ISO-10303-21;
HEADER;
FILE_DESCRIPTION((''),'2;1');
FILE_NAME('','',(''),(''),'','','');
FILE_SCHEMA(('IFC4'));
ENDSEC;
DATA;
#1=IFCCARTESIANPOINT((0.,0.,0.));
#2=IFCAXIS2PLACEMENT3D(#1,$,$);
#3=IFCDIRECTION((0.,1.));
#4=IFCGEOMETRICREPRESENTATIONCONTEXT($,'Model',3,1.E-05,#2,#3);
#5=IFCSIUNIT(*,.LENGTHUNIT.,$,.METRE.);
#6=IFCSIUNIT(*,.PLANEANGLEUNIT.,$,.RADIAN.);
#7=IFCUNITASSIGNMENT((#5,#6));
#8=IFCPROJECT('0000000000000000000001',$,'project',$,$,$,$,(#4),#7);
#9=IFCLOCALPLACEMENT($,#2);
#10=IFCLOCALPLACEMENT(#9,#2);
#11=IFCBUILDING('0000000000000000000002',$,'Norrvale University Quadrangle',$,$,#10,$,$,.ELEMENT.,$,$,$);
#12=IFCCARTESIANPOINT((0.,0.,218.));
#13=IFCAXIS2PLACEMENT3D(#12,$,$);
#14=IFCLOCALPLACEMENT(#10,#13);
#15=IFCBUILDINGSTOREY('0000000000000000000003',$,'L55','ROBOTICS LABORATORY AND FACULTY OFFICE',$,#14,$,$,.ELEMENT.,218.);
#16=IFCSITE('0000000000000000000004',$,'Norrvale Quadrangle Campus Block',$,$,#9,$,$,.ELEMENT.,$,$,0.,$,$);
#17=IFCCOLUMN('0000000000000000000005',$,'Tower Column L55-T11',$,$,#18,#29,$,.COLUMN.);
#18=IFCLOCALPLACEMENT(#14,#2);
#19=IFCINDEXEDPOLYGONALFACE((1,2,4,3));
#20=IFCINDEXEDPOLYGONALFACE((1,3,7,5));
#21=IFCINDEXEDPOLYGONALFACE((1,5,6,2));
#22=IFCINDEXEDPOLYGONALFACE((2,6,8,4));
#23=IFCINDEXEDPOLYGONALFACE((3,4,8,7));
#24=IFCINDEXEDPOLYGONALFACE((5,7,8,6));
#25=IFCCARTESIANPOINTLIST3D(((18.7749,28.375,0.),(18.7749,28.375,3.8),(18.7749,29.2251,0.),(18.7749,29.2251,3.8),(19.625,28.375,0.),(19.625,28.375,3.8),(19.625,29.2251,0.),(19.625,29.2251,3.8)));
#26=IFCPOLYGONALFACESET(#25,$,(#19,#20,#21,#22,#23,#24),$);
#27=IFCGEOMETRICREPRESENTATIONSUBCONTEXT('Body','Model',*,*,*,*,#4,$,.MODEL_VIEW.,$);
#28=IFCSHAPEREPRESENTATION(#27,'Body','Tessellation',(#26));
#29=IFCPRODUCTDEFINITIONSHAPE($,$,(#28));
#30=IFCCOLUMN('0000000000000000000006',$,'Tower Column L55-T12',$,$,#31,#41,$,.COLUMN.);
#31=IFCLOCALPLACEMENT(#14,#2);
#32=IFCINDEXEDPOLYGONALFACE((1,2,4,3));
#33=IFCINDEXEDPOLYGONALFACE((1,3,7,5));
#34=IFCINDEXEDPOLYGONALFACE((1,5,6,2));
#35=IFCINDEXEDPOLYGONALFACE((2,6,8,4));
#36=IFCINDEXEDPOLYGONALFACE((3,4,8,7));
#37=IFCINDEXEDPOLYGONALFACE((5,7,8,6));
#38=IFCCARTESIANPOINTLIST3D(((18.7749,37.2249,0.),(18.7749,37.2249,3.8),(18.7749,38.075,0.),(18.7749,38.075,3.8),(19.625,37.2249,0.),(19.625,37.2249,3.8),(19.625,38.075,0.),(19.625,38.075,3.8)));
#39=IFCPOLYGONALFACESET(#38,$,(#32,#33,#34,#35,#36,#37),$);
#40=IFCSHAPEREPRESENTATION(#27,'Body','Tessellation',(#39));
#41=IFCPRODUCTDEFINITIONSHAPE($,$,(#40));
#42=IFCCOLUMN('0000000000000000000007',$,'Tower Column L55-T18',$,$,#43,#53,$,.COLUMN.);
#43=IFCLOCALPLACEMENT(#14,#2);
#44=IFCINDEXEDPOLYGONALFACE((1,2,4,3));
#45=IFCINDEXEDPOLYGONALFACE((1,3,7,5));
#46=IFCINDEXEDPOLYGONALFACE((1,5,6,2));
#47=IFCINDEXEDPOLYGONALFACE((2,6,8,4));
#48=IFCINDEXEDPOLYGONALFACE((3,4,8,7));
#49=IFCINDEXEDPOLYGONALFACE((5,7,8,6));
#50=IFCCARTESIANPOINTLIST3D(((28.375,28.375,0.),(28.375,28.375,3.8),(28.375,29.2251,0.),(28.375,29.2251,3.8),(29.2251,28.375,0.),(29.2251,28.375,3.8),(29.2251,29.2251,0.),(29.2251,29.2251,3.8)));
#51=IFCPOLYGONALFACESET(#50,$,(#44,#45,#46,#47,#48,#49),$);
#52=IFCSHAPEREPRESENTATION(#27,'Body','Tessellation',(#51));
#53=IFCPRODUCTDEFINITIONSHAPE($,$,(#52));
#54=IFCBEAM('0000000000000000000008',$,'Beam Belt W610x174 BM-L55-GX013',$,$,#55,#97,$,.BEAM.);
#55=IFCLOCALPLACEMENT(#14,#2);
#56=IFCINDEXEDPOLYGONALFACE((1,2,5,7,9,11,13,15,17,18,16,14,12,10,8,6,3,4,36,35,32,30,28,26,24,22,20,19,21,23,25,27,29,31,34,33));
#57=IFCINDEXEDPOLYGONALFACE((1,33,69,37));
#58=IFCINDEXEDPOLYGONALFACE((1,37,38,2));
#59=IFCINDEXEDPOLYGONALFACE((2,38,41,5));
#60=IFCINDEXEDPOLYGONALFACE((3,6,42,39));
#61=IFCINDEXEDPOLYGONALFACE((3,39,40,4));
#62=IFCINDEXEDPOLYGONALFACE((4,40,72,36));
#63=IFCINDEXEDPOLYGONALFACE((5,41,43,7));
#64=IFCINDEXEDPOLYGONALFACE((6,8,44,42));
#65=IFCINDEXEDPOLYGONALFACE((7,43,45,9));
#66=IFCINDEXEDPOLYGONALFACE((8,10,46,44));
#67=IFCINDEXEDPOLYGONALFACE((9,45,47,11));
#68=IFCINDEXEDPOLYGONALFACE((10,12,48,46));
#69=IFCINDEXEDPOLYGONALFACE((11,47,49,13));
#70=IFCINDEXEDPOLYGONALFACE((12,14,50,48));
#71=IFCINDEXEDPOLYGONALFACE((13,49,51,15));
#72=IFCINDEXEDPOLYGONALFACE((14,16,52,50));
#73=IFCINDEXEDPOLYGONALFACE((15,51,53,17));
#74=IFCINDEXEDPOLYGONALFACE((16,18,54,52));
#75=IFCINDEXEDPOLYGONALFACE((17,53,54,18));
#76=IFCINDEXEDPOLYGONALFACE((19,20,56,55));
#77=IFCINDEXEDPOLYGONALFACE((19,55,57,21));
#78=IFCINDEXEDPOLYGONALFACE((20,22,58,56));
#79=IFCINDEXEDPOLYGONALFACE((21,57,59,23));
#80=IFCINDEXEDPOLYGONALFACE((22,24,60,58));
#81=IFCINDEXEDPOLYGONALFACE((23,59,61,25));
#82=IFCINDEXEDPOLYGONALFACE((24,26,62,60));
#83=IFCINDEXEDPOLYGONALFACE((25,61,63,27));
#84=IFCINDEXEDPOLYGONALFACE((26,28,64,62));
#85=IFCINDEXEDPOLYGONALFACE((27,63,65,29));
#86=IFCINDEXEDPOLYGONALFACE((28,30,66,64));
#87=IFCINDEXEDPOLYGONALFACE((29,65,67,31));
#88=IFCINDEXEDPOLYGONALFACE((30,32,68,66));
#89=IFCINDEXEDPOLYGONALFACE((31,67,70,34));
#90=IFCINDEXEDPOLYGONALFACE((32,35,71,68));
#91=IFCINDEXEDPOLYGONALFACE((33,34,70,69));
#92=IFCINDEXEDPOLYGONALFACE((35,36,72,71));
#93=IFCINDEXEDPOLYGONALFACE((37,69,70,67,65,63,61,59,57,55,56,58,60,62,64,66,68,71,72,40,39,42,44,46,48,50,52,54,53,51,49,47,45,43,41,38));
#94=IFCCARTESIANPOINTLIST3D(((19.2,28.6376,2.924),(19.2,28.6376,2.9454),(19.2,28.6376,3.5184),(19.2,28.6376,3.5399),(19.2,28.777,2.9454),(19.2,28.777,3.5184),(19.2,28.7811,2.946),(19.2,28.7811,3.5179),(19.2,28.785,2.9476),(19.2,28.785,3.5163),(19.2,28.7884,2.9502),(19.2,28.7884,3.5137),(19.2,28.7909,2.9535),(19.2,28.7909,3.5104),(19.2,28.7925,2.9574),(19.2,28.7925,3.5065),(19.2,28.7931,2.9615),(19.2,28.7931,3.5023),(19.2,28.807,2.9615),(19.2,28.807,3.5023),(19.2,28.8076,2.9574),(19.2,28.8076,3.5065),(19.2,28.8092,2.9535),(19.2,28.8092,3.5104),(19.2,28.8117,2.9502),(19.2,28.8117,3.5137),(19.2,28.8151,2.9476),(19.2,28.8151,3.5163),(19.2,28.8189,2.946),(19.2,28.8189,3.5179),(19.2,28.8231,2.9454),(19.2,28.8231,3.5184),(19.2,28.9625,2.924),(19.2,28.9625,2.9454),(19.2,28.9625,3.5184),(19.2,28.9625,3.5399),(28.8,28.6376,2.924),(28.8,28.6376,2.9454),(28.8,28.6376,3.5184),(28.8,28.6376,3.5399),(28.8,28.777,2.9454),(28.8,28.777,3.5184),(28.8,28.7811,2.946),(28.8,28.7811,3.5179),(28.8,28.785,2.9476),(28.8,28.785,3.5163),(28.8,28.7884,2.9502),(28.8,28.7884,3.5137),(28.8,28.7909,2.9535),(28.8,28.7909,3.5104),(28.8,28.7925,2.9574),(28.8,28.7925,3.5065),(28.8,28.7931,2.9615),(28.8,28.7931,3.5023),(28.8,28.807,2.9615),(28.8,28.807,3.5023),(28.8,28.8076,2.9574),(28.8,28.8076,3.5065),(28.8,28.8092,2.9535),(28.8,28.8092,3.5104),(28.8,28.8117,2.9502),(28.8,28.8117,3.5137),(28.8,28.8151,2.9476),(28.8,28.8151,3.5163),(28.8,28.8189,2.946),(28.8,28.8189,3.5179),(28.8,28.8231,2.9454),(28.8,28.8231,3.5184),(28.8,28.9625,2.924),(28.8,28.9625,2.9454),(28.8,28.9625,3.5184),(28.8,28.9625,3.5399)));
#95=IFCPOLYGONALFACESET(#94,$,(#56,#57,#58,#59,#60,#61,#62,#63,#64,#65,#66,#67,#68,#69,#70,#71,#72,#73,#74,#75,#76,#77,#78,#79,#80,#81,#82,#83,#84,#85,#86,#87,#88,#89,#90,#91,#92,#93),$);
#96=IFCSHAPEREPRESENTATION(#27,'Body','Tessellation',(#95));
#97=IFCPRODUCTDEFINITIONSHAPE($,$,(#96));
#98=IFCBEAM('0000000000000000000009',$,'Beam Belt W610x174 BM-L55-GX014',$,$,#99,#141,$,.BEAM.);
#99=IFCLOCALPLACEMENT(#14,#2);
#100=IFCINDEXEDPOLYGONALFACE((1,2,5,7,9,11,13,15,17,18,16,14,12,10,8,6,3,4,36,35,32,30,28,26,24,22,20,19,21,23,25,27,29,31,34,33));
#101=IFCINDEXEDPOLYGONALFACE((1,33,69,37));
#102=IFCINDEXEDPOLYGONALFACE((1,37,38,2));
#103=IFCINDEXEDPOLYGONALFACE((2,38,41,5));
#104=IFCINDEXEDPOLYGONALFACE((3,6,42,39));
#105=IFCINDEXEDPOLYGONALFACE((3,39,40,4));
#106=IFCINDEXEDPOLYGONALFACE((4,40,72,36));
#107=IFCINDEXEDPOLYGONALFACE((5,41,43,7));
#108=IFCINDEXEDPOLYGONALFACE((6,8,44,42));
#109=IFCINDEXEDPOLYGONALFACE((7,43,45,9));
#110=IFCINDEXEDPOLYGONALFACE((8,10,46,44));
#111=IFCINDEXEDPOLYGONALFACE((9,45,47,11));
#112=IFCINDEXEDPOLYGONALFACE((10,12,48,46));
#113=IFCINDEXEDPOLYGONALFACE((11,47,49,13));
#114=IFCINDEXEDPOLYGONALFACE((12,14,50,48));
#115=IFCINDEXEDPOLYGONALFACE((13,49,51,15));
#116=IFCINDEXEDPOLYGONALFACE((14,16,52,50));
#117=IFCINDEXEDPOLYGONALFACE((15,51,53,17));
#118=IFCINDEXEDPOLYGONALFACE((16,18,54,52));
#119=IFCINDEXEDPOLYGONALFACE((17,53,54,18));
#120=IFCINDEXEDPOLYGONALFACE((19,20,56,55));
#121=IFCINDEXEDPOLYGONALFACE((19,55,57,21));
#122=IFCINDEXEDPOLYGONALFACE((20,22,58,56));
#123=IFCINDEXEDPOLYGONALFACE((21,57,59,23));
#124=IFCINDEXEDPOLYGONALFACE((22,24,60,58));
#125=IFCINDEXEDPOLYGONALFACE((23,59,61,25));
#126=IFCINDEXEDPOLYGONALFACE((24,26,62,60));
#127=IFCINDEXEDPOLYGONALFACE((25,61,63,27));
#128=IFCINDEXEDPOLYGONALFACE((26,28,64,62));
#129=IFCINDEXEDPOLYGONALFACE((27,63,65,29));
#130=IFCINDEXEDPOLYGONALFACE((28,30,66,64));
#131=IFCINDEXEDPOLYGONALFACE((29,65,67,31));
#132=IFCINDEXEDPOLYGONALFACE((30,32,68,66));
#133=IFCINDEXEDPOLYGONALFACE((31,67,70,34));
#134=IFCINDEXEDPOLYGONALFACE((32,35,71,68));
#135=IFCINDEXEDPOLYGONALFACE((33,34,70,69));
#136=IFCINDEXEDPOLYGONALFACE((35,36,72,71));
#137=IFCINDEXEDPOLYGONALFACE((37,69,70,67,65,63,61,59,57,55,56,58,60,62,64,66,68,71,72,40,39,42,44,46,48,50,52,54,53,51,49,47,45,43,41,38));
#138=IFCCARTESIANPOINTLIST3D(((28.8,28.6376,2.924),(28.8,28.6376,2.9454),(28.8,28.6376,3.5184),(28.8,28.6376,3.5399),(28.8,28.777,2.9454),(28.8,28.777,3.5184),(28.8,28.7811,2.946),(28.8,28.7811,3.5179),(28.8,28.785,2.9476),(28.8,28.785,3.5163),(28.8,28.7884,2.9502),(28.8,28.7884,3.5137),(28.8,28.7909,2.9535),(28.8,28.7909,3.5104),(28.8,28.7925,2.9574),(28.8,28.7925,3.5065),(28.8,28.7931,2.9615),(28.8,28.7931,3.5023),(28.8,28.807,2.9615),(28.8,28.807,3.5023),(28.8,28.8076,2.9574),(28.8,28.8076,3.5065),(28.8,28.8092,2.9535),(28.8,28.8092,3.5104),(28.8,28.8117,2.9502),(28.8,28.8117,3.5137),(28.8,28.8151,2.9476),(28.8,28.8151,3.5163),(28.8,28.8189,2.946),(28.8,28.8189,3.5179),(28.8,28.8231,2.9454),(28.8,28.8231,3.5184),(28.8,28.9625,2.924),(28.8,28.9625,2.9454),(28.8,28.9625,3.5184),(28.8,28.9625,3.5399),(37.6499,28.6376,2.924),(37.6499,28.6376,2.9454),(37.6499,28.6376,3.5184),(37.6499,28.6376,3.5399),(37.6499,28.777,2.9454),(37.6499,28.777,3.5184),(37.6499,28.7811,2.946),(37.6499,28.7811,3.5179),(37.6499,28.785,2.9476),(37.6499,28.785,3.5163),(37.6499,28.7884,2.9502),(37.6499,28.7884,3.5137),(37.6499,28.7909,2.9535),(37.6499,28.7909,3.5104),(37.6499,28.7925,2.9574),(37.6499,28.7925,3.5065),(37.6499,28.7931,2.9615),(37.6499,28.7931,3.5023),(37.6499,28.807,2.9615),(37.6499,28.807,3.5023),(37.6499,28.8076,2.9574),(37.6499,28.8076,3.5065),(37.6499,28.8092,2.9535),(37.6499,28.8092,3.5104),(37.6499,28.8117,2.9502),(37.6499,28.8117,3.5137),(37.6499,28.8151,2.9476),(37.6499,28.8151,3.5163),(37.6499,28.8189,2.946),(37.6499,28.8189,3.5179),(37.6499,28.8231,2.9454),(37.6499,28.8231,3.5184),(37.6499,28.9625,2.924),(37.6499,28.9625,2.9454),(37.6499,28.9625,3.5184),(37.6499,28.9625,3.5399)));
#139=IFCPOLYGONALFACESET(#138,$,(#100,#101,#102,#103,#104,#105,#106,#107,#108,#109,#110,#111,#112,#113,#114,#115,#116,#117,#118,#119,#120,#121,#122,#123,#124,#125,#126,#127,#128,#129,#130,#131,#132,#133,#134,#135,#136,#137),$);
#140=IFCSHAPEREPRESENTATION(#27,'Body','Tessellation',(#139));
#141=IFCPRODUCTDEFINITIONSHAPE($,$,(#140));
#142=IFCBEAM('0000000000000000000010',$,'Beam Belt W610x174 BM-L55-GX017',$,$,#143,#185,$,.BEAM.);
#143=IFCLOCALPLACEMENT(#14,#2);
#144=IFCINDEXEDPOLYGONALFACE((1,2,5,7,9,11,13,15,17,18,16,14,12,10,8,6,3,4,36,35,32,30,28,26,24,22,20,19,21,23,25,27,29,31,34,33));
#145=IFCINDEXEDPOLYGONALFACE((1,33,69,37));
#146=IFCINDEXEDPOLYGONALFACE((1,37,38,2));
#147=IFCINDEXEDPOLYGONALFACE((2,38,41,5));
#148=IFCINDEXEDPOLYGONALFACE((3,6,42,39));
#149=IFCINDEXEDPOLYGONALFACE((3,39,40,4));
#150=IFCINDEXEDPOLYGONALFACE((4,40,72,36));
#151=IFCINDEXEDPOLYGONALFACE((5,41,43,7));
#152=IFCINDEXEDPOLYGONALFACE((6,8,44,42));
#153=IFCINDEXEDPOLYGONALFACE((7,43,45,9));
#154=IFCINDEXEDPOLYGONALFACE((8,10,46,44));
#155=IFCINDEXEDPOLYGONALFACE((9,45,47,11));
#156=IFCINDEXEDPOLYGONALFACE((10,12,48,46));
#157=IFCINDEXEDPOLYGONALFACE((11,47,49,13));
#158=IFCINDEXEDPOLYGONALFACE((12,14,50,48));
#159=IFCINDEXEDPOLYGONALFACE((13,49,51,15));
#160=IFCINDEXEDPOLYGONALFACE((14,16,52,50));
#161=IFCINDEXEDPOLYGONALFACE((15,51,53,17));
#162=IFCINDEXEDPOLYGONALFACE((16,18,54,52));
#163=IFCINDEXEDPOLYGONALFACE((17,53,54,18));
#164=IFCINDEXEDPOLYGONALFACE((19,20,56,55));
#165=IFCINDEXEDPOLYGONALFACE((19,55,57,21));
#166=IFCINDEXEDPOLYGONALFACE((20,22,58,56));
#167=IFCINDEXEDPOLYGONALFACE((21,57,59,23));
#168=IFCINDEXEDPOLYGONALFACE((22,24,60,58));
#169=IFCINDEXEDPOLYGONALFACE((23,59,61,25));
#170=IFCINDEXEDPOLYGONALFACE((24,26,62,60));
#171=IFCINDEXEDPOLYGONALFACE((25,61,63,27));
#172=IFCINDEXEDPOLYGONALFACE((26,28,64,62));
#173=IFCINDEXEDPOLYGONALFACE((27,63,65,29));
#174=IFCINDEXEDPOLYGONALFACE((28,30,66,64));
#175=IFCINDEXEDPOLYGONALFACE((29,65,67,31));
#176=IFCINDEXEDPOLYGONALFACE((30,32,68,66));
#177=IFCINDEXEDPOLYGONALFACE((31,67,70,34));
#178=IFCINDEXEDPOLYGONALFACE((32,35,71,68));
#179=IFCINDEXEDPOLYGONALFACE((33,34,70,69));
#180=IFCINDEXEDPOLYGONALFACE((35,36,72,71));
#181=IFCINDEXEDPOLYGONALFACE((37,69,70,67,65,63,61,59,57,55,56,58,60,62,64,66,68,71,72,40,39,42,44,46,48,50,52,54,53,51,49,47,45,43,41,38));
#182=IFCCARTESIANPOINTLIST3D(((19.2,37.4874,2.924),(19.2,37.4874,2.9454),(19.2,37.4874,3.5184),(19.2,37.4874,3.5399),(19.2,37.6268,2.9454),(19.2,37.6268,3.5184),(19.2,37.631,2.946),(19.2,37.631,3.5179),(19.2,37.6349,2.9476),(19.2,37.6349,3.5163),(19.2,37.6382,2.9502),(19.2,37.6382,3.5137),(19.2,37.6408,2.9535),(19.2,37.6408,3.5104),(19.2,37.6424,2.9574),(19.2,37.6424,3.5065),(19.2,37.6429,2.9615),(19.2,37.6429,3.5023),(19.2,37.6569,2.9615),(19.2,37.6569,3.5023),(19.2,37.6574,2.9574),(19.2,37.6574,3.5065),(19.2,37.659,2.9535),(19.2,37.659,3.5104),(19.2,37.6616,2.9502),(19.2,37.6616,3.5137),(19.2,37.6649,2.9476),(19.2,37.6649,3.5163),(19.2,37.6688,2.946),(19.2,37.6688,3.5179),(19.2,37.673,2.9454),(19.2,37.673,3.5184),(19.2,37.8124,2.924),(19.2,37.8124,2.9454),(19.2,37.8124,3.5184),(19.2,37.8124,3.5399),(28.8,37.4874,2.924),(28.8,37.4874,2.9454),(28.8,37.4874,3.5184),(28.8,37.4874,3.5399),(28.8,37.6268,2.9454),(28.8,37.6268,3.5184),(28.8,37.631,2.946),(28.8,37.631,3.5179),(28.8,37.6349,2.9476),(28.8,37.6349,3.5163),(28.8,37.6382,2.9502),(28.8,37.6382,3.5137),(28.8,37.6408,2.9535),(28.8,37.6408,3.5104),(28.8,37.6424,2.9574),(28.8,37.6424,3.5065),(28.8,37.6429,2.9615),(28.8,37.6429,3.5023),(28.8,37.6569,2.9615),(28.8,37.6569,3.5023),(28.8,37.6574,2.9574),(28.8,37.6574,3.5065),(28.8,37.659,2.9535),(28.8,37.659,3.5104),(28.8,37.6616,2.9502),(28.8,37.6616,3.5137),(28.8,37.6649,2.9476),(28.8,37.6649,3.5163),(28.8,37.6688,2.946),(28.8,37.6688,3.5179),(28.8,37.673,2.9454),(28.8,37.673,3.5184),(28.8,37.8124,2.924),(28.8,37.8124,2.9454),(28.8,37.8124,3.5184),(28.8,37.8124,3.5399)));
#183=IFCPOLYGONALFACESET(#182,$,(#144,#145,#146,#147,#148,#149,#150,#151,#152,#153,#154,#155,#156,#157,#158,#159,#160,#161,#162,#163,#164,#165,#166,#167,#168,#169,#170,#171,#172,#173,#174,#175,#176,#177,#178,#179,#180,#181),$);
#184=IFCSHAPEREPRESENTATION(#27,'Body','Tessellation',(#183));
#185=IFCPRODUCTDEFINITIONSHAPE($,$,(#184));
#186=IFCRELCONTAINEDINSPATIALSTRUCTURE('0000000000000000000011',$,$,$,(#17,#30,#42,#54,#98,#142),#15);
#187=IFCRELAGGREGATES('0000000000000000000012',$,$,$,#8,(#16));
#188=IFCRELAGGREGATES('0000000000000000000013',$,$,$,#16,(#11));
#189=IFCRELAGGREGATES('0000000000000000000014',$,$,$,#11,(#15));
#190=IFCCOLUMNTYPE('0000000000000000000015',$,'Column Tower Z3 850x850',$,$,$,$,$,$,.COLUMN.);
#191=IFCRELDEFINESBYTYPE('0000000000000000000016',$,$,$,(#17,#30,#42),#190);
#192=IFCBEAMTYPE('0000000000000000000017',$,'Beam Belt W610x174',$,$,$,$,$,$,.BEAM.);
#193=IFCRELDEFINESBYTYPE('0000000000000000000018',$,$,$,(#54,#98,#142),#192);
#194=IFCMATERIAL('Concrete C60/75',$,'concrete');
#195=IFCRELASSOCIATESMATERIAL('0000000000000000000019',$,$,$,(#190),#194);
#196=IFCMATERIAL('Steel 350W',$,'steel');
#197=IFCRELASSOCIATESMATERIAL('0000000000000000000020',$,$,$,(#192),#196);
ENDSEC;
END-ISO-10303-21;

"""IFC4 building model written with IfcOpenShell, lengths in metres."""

from ifc_helpers import new_model, si_unit, direction, frame, origin, origin_2d, place, context, subcontext, project, spatial, rectangle, i_section, extrude, material, material_profile, profile_set, type_object, element, save


model = new_model("IFC4")

# Units and contexts
model_context = context("Model", 3, precision=1e-05, world=origin(), true_north=direction((0.0, 1.0)))
body_context = subcontext(model_context, "Body", "Model", "MODEL_VIEW")
ifc_project = project(units=[si_unit("LENGTHUNIT", "METRE"), si_unit("PLANEANGLEUNIT", "RADIAN")], contexts=[model_context])

# Site, building, storey
site_placement = place(None, origin())
site = spatial("IfcSite", under=ifc_project, at=site_placement, Name="Norrvale Quadrangle Campus Block", CompositionType="ELEMENT", RefElevation=0.0)
building_placement = place(site_placement, origin())
building = spatial("IfcBuilding", under=site, at=building_placement, Name="Norrvale University Quadrangle", CompositionType="ELEMENT")
storey_placement = place(building_placement, frame((0.0, 0.0, 218.0)))
storey = spatial("IfcBuildingStorey", under=building, at=storey_placement, Name="L55", Description="ROBOTICS LABORATORY AND FACULTY OFFICE", CompositionType="ELEMENT", Elevation=218.0)

# Columns
ifc_material_1 = material(Name="Concrete C60/75", Category="concrete")
ifc_material_profile_1 = material_profile(ifc_material_1, rectangle(XDim=0.8501, YDim=0.8501, at=origin_2d()), Name="Concrete C60/75")
ifc_profile_set_1 = profile_set([ifc_material_profile_1], Name="Concrete C60/75")
column_type = type_object("IfcColumnType", Name="Column Tower Z3 850x850", PredefinedType="COLUMN", material=ifc_profile_set_1)
for number, where, z_axis, x_axis, name in (
    (1, (19.2, 28.8, 0.0), (0.0, 0.0, 1.0), (1.0, 0.0, 0.0), "Tower Column L55-T11"),
    (2, (19.2, 37.6499, 0.0), (0.0, 0.0, 1.0), (1.0, 0.0, 0.0), "Tower Column L55-T12"),
    (3, (28.8, 28.8, 0.0), (0.0, 0.0, 1.0), (1.0, 0.0, 0.0), "Tower Column L55-T18"),
):
    element("IfcColumn", number, at=place(storey_placement, frame(where, z_axis=z_axis, x_axis=x_axis)), inside=storey, type_object=column_type, Name=name, PredefinedType="COLUMN", context=body_context, shape_type="SweptSolid", body=[
        extrude(rectangle(XDim=0.8501, YDim=0.8501, at=origin_2d()), origin(), (0.0, 0.0, 1.0), 3.8),
    ])

# Beams
ifc_material_2 = material(Name="Steel 350W", Category="steel")
ifc_material_profile_2 = material_profile(ifc_material_2, i_section(OverallWidth=0.325, OverallDepth=0.616, WebThickness=0.0139, FlangeThickness=0.0215, FilletRadius=0.0161, at=origin_2d()), Name="Steel 350W")
ifc_profile_set_2 = profile_set([ifc_material_profile_2], Name="Steel 350W")
beam_type_1 = type_object("IfcBeamType", Name="Beam Belt W610x174", PredefinedType="BEAM", material=ifc_profile_set_2)
beam_1_placement = place(storey_placement, frame((19.2, 28.8, 3.2319), z_axis=(1.0, 0.0, 0.0), x_axis=(0.0, 1.0, 0.0)))
element("IfcBeam", 4, at=beam_1_placement, inside=storey, type_object=beam_type_1, Name="Beam Belt W610x174 BM-L55-GX013", PredefinedType="BEAM", context=body_context, shape_type="SweptSolid", body=[
    extrude(i_section(OverallWidth=0.325, OverallDepth=0.616, WebThickness=0.0139, FlangeThickness=0.0215, FilletRadius=0.0161, at=origin_2d()), origin(), (0.0, 0.0, 1.0), 9.6001),
])
beam_2_placement = place(storey_placement, frame((28.8, 28.8, 3.2319), z_axis=(1.0, 0.0, 0.0), x_axis=(0.0, 1.0, 0.0)))
element("IfcBeam", 5, at=beam_2_placement, inside=storey, type_object=beam_type_1, Name="Beam Belt W610x174 BM-L55-GX014", PredefinedType="BEAM", context=body_context, shape_type="SweptSolid", body=[
    extrude(i_section(OverallWidth=0.325, OverallDepth=0.616, WebThickness=0.0139, FlangeThickness=0.0215, FilletRadius=0.0161, at=origin_2d()), origin(), (0.0, 0.0, 1.0), 8.8499),
])
beam_3_placement = place(storey_placement, frame((19.2, 37.6499, 3.2319), z_axis=(1.0, 0.0, 0.0), x_axis=(0.0, 1.0, 0.0)))
element("IfcBeam", 6, at=beam_3_placement, inside=storey, type_object=beam_type_1, Name="Beam Belt W610x174 BM-L55-GX017", PredefinedType="BEAM", context=body_context, shape_type="SweptSolid", body=[
    extrude(i_section(OverallWidth=0.325, OverallDepth=0.616, WebThickness=0.0139, FlangeThickness=0.0215, FilletRadius=0.0161, at=origin_2d()), origin(), (0.0, 0.0, 1.0), 9.6001),
])

save(model, "model.ifc")
